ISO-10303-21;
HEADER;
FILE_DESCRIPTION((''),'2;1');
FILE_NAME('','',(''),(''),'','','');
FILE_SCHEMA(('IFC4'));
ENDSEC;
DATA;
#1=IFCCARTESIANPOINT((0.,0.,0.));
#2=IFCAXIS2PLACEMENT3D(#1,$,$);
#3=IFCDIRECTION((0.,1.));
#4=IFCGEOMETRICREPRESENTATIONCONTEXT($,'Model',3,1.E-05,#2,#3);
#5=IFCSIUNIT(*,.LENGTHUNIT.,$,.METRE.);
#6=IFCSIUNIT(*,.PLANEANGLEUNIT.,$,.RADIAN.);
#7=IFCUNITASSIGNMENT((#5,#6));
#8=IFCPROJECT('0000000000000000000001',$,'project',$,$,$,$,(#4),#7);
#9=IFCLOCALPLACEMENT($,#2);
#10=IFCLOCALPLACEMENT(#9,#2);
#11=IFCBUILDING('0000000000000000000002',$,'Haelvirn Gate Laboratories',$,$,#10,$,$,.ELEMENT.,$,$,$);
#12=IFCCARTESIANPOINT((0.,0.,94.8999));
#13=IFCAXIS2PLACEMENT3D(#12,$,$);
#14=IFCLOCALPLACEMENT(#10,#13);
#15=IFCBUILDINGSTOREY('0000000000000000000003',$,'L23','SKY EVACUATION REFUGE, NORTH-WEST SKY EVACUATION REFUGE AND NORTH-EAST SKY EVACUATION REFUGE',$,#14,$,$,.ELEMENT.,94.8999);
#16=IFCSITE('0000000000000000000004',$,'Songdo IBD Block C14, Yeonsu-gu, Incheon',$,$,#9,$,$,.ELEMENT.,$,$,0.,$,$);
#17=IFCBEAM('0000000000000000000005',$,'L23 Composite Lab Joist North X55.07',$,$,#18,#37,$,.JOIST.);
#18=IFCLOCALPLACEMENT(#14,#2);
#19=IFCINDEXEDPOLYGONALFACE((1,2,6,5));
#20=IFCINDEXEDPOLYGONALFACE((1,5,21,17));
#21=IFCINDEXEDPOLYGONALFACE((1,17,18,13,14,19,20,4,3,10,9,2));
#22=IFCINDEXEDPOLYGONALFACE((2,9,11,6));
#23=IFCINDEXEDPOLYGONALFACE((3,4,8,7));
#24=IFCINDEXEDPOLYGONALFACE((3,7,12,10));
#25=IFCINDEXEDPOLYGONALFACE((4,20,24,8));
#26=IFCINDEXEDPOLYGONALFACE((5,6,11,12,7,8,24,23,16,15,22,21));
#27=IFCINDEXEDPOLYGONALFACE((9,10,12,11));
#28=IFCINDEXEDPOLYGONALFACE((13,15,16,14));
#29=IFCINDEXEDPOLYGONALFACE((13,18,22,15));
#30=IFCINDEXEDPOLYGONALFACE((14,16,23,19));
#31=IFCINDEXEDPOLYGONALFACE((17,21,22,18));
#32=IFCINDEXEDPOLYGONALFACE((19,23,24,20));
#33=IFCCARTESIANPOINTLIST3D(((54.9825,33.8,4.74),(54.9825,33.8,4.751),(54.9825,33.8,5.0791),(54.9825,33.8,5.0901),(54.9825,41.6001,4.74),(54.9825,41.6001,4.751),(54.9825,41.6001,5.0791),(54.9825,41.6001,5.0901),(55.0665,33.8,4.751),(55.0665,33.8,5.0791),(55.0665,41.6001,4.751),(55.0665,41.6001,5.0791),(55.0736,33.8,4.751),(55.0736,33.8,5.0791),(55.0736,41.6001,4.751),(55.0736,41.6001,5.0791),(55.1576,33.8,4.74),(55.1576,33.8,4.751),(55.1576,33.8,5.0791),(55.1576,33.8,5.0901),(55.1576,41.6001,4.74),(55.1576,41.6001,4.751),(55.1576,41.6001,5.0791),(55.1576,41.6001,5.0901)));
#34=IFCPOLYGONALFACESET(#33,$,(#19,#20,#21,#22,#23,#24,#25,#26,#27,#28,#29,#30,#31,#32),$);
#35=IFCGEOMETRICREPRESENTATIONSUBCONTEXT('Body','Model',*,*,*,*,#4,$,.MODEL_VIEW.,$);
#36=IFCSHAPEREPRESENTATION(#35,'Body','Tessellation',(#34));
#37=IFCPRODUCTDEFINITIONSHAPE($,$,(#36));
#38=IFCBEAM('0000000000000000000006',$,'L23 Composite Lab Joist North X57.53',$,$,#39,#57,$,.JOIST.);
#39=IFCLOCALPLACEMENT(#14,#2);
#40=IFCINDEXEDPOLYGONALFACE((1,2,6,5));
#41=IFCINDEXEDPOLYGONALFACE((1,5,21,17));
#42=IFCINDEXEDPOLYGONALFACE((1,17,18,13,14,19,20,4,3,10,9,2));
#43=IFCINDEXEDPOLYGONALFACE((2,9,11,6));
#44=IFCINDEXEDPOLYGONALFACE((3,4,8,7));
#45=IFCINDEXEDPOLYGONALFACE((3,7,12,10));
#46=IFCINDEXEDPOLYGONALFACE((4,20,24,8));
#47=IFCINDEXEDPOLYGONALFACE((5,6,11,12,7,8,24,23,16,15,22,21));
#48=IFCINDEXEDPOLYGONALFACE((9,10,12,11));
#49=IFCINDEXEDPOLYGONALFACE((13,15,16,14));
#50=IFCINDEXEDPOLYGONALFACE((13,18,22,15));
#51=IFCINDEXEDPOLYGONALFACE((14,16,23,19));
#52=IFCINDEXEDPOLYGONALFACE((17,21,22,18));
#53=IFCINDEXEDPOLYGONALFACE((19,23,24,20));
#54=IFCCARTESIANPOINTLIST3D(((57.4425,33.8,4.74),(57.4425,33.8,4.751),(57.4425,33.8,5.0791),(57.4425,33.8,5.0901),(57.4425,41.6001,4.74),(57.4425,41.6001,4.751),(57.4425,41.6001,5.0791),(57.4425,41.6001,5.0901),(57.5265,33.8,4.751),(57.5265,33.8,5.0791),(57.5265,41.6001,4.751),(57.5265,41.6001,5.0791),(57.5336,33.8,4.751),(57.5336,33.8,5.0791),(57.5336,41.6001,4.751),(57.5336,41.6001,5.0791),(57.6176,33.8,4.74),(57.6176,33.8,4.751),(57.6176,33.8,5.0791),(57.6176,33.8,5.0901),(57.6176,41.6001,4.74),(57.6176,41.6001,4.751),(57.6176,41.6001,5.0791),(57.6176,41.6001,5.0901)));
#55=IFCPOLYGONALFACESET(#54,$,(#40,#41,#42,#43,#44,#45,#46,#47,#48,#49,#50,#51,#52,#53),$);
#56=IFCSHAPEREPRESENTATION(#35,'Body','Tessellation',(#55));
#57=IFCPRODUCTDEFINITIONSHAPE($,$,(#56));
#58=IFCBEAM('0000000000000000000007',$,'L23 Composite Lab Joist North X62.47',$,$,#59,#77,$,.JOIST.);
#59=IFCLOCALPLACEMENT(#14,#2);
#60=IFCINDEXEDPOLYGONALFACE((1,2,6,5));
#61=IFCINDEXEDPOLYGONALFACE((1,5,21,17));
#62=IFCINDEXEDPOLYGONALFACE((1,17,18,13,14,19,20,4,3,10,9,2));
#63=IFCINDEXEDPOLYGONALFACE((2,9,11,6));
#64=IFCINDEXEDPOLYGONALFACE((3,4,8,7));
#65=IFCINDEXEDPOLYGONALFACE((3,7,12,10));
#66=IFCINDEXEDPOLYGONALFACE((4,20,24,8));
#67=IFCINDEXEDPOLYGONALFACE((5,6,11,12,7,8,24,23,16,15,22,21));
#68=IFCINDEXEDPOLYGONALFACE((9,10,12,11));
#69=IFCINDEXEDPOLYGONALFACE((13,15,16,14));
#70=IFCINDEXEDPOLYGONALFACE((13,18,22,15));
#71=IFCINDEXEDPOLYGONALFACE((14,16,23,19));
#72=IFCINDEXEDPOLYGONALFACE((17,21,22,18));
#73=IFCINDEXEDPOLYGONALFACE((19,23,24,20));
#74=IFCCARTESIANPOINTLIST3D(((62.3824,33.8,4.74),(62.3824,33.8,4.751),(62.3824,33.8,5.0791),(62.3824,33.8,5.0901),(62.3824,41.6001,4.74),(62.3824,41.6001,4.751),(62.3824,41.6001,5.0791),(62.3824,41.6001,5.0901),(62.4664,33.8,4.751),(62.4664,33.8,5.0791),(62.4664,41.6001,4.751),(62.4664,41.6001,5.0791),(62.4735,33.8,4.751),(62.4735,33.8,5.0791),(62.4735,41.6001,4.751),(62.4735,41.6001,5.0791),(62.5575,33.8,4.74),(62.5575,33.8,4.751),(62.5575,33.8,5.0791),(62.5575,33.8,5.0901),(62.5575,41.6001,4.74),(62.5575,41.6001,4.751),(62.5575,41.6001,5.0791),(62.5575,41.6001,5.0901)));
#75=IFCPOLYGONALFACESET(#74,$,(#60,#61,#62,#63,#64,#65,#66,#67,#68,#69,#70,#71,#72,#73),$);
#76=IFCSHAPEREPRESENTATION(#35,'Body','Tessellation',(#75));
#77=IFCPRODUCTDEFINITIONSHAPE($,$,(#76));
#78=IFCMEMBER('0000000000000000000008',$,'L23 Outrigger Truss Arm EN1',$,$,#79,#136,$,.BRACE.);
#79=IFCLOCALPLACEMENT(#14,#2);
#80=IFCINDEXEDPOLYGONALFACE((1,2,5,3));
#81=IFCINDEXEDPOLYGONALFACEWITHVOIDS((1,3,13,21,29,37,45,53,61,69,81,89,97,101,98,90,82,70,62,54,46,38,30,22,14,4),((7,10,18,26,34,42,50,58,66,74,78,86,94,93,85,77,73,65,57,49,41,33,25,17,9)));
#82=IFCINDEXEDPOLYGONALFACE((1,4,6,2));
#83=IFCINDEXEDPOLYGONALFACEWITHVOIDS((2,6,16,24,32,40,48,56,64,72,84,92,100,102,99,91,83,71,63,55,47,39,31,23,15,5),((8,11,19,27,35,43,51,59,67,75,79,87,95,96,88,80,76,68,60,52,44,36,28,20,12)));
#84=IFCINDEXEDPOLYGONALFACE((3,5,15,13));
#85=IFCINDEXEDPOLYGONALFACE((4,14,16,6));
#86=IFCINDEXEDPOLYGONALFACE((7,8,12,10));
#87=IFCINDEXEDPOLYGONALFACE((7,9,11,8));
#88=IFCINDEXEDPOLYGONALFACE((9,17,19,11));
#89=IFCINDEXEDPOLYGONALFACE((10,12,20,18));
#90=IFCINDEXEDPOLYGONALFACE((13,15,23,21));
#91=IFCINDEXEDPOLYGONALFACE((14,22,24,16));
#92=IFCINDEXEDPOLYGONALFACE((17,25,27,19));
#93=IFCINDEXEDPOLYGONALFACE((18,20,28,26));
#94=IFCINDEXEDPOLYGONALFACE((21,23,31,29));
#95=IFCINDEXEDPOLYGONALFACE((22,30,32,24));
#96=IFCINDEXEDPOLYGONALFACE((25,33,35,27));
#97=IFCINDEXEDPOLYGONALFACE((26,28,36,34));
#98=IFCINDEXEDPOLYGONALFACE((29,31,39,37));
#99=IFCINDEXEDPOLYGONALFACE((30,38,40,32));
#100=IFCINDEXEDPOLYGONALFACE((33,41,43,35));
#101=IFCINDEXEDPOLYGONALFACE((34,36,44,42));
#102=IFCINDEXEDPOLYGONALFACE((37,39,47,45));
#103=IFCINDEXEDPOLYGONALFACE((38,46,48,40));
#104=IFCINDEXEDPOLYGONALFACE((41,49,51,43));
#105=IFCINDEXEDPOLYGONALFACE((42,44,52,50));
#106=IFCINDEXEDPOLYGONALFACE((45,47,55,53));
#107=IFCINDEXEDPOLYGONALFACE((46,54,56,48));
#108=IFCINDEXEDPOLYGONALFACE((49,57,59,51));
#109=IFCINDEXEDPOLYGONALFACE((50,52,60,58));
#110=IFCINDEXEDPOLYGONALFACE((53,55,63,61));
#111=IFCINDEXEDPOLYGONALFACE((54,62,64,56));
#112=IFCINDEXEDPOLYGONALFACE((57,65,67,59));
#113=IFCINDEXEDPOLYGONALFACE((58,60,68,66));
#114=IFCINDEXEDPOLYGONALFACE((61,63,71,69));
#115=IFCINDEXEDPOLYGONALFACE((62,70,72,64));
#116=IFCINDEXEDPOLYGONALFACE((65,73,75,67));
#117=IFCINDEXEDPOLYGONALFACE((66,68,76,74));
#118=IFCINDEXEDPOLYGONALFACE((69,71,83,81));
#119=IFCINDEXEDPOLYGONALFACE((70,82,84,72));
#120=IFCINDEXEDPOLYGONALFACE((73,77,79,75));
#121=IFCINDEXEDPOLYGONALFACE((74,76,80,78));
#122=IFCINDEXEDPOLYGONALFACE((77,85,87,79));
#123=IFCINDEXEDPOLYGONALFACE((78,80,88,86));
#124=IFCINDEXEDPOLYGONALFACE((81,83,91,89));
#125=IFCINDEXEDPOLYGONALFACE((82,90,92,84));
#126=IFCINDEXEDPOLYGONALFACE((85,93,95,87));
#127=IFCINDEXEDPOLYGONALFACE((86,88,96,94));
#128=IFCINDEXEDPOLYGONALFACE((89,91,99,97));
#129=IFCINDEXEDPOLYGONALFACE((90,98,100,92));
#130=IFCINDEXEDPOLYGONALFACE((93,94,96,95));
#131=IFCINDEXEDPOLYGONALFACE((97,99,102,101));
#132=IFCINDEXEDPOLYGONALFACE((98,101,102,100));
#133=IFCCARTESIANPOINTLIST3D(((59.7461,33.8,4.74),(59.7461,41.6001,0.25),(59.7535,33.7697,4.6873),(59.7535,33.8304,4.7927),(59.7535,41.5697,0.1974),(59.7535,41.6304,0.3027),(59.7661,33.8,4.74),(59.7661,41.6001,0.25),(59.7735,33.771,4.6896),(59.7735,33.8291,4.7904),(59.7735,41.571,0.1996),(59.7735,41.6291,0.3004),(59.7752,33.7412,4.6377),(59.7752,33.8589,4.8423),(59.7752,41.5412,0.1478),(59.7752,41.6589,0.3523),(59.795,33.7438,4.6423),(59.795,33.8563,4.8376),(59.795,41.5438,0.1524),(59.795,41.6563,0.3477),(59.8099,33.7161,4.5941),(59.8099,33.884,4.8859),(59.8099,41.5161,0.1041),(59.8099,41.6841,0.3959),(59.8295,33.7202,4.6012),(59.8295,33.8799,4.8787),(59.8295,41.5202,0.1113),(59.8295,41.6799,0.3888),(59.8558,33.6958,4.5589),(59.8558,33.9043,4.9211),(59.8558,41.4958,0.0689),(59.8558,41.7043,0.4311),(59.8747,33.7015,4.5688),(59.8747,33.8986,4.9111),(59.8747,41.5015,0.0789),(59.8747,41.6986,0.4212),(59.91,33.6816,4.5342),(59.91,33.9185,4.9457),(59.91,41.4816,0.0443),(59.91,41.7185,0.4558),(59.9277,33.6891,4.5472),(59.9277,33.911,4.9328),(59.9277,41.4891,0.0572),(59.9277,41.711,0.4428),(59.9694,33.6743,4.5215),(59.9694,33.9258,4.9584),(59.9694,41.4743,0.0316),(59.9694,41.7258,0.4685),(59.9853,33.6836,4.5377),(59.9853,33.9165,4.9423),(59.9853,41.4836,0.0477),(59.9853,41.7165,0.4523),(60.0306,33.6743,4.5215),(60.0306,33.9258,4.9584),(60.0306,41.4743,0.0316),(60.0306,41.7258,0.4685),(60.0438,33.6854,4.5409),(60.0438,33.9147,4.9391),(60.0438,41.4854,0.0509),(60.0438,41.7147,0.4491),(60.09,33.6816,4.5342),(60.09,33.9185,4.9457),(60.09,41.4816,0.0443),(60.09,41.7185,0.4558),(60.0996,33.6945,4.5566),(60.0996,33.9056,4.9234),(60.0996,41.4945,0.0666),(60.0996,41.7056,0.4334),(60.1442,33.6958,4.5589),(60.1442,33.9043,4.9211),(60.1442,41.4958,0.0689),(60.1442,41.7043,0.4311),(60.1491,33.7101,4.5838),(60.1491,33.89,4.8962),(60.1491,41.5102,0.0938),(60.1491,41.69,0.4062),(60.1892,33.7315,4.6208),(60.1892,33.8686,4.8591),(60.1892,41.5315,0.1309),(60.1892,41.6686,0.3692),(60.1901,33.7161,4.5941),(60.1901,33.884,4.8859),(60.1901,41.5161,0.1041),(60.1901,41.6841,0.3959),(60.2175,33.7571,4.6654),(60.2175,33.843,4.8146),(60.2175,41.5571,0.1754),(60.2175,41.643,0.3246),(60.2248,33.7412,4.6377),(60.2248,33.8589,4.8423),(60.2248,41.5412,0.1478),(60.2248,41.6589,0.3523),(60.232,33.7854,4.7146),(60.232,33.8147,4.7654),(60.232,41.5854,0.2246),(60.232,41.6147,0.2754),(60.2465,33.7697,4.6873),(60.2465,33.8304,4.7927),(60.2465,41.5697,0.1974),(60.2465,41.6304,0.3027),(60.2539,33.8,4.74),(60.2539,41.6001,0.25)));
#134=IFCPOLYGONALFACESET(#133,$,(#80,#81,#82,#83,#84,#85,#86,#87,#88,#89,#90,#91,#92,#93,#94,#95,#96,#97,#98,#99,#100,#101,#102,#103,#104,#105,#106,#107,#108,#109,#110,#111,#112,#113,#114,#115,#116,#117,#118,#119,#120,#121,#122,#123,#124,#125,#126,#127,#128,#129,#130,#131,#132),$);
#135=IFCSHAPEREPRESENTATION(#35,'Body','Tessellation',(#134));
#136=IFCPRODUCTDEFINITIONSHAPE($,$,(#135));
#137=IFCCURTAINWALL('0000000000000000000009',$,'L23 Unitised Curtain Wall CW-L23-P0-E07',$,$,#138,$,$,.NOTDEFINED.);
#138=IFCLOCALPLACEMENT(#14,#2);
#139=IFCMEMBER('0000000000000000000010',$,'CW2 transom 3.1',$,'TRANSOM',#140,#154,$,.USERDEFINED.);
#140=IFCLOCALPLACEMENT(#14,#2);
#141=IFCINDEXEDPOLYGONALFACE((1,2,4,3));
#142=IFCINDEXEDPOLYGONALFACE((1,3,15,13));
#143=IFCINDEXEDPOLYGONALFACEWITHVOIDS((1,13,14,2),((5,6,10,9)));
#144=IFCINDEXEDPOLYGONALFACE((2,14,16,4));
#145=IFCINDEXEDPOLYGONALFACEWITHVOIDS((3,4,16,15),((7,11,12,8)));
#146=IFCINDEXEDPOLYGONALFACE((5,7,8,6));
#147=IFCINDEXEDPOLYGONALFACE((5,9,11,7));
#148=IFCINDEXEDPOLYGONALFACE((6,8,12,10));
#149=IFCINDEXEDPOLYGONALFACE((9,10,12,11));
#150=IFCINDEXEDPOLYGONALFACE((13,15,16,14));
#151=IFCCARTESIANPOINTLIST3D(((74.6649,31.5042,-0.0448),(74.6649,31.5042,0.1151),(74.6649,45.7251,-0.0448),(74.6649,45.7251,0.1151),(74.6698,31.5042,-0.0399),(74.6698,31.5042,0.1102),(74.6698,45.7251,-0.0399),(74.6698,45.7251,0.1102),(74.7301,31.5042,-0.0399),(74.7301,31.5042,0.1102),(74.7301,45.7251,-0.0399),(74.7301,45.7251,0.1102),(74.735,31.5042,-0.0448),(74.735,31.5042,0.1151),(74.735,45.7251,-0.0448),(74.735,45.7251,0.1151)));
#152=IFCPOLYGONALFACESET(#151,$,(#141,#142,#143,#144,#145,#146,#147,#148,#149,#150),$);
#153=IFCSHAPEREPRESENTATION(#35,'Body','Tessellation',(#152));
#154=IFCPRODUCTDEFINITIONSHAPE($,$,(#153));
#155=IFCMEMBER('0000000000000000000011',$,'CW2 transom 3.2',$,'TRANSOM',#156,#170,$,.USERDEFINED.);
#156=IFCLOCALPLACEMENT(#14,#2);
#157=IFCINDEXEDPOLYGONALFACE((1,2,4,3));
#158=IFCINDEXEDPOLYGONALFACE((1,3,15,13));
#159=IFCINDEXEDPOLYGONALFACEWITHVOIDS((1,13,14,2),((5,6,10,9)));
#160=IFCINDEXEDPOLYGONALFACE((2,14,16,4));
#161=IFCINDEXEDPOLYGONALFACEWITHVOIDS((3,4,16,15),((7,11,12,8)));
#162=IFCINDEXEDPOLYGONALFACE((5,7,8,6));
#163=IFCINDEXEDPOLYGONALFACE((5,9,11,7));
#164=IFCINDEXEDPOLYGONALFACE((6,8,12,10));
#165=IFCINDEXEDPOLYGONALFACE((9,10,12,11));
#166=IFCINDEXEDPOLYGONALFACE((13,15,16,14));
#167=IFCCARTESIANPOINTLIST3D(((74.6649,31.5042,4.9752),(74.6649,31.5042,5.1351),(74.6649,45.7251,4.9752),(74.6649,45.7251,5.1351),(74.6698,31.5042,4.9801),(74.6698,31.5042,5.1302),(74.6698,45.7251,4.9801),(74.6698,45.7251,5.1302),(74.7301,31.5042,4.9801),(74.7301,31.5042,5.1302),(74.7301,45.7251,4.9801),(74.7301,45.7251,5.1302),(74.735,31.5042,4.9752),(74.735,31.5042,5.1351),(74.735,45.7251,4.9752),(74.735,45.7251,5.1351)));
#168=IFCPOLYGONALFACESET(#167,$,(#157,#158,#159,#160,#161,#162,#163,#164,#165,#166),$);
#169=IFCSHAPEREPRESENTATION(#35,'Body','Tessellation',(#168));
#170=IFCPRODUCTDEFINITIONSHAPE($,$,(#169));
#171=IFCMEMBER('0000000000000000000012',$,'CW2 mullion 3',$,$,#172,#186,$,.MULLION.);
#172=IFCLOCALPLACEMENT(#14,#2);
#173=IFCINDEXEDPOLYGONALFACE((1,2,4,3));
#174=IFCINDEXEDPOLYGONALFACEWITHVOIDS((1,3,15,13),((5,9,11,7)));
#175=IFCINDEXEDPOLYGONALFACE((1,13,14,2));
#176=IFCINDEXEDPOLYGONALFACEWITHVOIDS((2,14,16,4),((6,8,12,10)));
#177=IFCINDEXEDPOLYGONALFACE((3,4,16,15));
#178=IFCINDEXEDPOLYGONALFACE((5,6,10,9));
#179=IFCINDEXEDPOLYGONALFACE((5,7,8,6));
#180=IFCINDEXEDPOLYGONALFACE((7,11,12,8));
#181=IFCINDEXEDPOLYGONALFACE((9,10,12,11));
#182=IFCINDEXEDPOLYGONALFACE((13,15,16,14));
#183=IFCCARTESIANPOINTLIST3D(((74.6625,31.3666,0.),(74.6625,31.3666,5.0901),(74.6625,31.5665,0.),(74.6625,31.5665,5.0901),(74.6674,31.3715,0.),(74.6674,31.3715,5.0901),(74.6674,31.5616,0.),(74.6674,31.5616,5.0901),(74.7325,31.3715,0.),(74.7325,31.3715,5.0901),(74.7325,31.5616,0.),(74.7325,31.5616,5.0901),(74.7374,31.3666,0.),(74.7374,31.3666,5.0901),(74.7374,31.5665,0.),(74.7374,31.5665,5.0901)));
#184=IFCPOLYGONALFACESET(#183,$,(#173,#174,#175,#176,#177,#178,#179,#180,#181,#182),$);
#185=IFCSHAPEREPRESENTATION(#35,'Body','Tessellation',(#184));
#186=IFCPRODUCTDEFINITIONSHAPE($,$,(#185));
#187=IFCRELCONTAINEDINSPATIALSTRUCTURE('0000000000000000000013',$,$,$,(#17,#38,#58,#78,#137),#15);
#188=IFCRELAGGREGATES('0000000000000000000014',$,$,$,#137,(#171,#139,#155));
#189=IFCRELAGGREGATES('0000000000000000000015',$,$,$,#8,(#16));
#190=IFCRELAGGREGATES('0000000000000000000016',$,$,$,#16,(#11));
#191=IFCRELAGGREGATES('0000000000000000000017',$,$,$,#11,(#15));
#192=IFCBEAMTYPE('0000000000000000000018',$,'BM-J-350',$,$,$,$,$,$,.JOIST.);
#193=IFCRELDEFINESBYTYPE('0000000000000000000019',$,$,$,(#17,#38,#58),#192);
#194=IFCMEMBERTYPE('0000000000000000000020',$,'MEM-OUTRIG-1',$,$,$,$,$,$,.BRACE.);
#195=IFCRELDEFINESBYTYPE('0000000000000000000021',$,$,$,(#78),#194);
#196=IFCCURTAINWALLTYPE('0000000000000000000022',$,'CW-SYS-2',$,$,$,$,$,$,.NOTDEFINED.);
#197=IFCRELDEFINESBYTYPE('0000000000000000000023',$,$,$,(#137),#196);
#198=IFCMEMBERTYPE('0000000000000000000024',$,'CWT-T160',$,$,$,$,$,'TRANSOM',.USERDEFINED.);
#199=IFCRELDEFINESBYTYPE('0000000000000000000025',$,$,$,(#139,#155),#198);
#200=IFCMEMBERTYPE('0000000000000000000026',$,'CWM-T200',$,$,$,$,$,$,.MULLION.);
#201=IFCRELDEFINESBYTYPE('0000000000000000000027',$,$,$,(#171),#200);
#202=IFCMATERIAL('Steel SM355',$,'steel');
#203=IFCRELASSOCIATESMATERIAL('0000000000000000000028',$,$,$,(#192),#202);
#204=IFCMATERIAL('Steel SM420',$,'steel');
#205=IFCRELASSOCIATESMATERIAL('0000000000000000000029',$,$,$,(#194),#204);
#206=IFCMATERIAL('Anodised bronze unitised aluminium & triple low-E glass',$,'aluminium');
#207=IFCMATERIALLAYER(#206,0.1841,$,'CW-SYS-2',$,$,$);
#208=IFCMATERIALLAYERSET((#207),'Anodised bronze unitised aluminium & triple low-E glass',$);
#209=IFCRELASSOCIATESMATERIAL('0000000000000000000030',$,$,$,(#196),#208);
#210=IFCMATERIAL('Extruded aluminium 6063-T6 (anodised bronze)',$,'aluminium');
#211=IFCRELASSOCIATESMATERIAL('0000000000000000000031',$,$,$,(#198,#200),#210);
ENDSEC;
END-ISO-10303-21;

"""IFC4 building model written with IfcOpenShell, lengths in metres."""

from ifc_helpers import new_model, si_unit, direction, frame, origin, origin_2d, place, context, subcontext, project, spatial, hollow_rectangle, hollow_circle, i_section, extrude, source, transform, mapped, material, layer, layer_set, material_profile, profile_set, type_object, type_shapes, element, aggregate, save


model = new_model("IFC4")

# Units and contexts
model_context = context("Model", 3, precision=1e-05, world=origin(), true_north=direction((0.0, 1.0)))
body_context = subcontext(model_context, "Body", "Model", "MODEL_VIEW")
ifc_project = project(units=[si_unit("LENGTHUNIT", "METRE"), si_unit("PLANEANGLEUNIT", "RADIAN")], contexts=[model_context])

# Site, building, storey
site_placement = place(None, origin())
site = spatial("IfcSite", under=ifc_project, at=site_placement, Name="Songdo IBD Block C14, Yeonsu-gu, Incheon", CompositionType="ELEMENT", RefElevation=0.0)
building_placement = place(site_placement, origin())
building = spatial("IfcBuilding", under=site, at=building_placement, Name="Haelvirn Gate Laboratories", CompositionType="ELEMENT")
storey_placement = place(building_placement, frame((0.0, 0.0, 94.8999)))
storey = spatial("IfcBuildingStorey", under=building, at=storey_placement, Name="L23", Description="SKY EVACUATION REFUGE, NORTH-WEST SKY EVACUATION REFUGE AND NORTH-EAST SKY EVACUATION REFUGE", CompositionType="ELEMENT", Elevation=94.8999)

# Beams
ifc_material_1 = material(Name="Steel SM355", Category="steel")
ifc_material_profile_1 = material_profile(ifc_material_1, i_section(OverallWidth=0.175, OverallDepth=0.3501, WebThickness=0.0071, FlangeThickness=0.011, at=origin_2d()), Name="H-350x175x7x11")
ifc_profile_set_1 = profile_set([ifc_material_profile_1], Name="Steel SM355")
beam_type = type_object("IfcBeamType", Name="BM-J-350", PredefinedType="JOIST", material=ifc_profile_set_1)
shared_shape_1 = source(origin(), body_context, "Body", "SweptSolid", [
    extrude(i_section(OverallWidth=0.175, OverallDepth=0.3501, WebThickness=0.0071, FlangeThickness=0.011, at=origin_2d()), origin(), (0.0, 0.0, 1.0), 7.8),
])
type_shapes(beam_type, [shared_shape_1])
for number, where, z_axis, x_axis, name in (
    (1, (55.0701, 33.8, 4.915), (0.0, 1.0, 0.0), (-1.0, 0.0, 0.0), "L23 Composite Lab Joist North X55.07"),
    (2, (57.53, 33.8, 4.915), (0.0, 1.0, 0.0), (-1.0, 0.0, 0.0), "L23 Composite Lab Joist North X57.53"),
    (3, (62.47, 33.8, 4.915), (0.0, 1.0, 0.0), (-1.0, 0.0, 0.0), "L23 Composite Lab Joist North X62.47"),
):
    element("IfcBeam", number, at=place(storey_placement, frame(where, z_axis=z_axis, x_axis=x_axis)), inside=storey, type_object=beam_type, Name=name, PredefinedType="JOIST", context=body_context, shape_type="MappedRepresentation", body=[
        mapped(shared_shape_1, transform((0.0, 0.0, 0.0), scale=1.0)),
    ])

# Member
ifc_material_2 = material(Name="Steel SM420", Category="steel")
ifc_material_profile_2 = material_profile(ifc_material_2, hollow_circle(Radius=0.2539, WallThickness=0.02, at=origin_2d()), Name="CHS-508x20")
ifc_profile_set_2 = profile_set([ifc_material_profile_2], Name="Steel SM420")
member_type_1 = type_object("IfcMemberType", Name="MEM-OUTRIG-1", PredefinedType="BRACE", material=ifc_profile_set_2)
shared_shape_2 = source(origin(), body_context, "Body", "SweptSolid", [
    extrude(hollow_circle(Radius=0.2539, WallThickness=0.02, at=origin_2d()), origin(), (0.0, 0.0, 1.0), 9.0),
])
type_shapes(member_type_1, [shared_shape_2])
member_1_placement = place(storey_placement, frame((60.0, 33.8, 4.74), z_axis=(0.0, 0.866668, -0.498885), x_axis=(-1.0, 0.0, 0.0)))
element("IfcMember", 4, at=member_1_placement, inside=storey, type_object=member_type_1, Name="L23 Outrigger Truss Arm EN1", PredefinedType="BRACE", context=body_context, shape_type="MappedRepresentation", body=[
    mapped(shared_shape_2, transform((0.0, 0.0, 0.0), scale=1.0)),
])

# Curtain wall, members
ifc_material_3 = material(Name="Anodised bronze unitised aluminium & triple low-E glass", Category="aluminium")
ifc_layer_1 = layer(ifc_material_3, 0.1841, Name="CW-SYS-2")
ifc_layer_set_1 = layer_set([ifc_layer_1], Name="Anodised bronze unitised aluminium & triple low-E glass")
curtain_wall_type = type_object("IfcCurtainWallType", Name="CW-SYS-2", PredefinedType="NOTDEFINED", material=ifc_layer_set_1)
curtain_wall_placement = place(storey_placement, origin())
curtain_wall = element("IfcCurtainWall", 5, at=curtain_wall_placement, inside=storey, type_object=curtain_wall_type, Name="L23 Unitised Curtain Wall CW-L23-P0-E07", PredefinedType="NOTDEFINED")
ifc_material_4 = material(Name="Extruded aluminium 6063-T6 (anodised bronze)", Category="aluminium")
ifc_material_profile_3 = material_profile(ifc_material_4, hollow_rectangle(XDim=0.0701, YDim=0.1599, WallThickness=0.0049, at=origin_2d()), Name="CWT-160x70x5")
ifc_profile_set_3 = profile_set([ifc_material_profile_3], Name="Extruded aluminium 6063-T6 (anodised bronze)")
member_type_2 = type_object("IfcMemberType", Name="CWT-T160", ElementType="TRANSOM", PredefinedType="USERDEFINED", material=ifc_profile_set_3)
shared_shape_3 = source(origin(), body_context, "Body", "SweptSolid", [
    extrude(hollow_rectangle(XDim=0.0701, YDim=0.1599, WallThickness=0.0049, at=origin_2d()), origin(), (0.0, 0.0, 1.0), 14.2209),
])
type_shapes(member_type_2, [shared_shape_3])
member_2_placement = place(storey_placement, frame((74.7, 31.5042, 0.0352), z_axis=(0.0, 1.0, 0.0), x_axis=(-1.0, 0.0, 0.0)))
member_2 = element("IfcMember", 6, at=member_2_placement, type_object=member_type_2, Name="CW2 transom 3.1", ObjectType="TRANSOM", PredefinedType="USERDEFINED", context=body_context, shape_type="MappedRepresentation", body=[
    mapped(shared_shape_3, transform((0.0, 0.0, 0.0), scale=1.0)),
])
member_3_placement = place(storey_placement, frame((74.7, 31.5042, 5.0552), z_axis=(0.0, 1.0, 0.0), x_axis=(-1.0, 0.0, 0.0)))
member_3 = element("IfcMember", 7, at=member_3_placement, type_object=member_type_2, Name="CW2 transom 3.2", ObjectType="TRANSOM", PredefinedType="USERDEFINED", context=body_context, shape_type="MappedRepresentation", body=[
    mapped(shared_shape_3, transform((0.0, 0.0, 0.0), scale=1.0)),
])
ifc_material_profile_4 = material_profile(ifc_material_4, hollow_rectangle(XDim=0.075, YDim=0.2, WallThickness=0.0049, at=origin_2d()), Name="CWM-200x75x5")
ifc_profile_set_4 = profile_set([ifc_material_profile_4], Name="Extruded aluminium 6063-T6 (anodised bronze)")
member_type_3 = type_object("IfcMemberType", Name="CWM-T200", PredefinedType="MULLION", material=ifc_profile_set_4)
shared_shape_4 = source(origin(), body_context, "Body", "SweptSolid", [
    extrude(hollow_rectangle(XDim=0.075, YDim=0.2, WallThickness=0.0049, at=origin_2d()), origin(), (0.0, 0.0, 1.0), 5.0901),
])
type_shapes(member_type_3, [shared_shape_4])
member_4_placement = place(storey_placement, frame((74.7, 31.4666, 0.0), z_axis=(0.0, 0.0, 1.0), x_axis=(-1.0, 0.0, 0.0)))
member_4 = element("IfcMember", 8, at=member_4_placement, type_object=member_type_3, Name="CW2 mullion 3", PredefinedType="MULLION", context=body_context, shape_type="MappedRepresentation", body=[
    mapped(shared_shape_4, transform((0.0, 0.0, 0.0), scale=1.0)),
])

aggregate(curtain_wall, [member_4, member_2, member_3])

save(model, "model.ifc")
